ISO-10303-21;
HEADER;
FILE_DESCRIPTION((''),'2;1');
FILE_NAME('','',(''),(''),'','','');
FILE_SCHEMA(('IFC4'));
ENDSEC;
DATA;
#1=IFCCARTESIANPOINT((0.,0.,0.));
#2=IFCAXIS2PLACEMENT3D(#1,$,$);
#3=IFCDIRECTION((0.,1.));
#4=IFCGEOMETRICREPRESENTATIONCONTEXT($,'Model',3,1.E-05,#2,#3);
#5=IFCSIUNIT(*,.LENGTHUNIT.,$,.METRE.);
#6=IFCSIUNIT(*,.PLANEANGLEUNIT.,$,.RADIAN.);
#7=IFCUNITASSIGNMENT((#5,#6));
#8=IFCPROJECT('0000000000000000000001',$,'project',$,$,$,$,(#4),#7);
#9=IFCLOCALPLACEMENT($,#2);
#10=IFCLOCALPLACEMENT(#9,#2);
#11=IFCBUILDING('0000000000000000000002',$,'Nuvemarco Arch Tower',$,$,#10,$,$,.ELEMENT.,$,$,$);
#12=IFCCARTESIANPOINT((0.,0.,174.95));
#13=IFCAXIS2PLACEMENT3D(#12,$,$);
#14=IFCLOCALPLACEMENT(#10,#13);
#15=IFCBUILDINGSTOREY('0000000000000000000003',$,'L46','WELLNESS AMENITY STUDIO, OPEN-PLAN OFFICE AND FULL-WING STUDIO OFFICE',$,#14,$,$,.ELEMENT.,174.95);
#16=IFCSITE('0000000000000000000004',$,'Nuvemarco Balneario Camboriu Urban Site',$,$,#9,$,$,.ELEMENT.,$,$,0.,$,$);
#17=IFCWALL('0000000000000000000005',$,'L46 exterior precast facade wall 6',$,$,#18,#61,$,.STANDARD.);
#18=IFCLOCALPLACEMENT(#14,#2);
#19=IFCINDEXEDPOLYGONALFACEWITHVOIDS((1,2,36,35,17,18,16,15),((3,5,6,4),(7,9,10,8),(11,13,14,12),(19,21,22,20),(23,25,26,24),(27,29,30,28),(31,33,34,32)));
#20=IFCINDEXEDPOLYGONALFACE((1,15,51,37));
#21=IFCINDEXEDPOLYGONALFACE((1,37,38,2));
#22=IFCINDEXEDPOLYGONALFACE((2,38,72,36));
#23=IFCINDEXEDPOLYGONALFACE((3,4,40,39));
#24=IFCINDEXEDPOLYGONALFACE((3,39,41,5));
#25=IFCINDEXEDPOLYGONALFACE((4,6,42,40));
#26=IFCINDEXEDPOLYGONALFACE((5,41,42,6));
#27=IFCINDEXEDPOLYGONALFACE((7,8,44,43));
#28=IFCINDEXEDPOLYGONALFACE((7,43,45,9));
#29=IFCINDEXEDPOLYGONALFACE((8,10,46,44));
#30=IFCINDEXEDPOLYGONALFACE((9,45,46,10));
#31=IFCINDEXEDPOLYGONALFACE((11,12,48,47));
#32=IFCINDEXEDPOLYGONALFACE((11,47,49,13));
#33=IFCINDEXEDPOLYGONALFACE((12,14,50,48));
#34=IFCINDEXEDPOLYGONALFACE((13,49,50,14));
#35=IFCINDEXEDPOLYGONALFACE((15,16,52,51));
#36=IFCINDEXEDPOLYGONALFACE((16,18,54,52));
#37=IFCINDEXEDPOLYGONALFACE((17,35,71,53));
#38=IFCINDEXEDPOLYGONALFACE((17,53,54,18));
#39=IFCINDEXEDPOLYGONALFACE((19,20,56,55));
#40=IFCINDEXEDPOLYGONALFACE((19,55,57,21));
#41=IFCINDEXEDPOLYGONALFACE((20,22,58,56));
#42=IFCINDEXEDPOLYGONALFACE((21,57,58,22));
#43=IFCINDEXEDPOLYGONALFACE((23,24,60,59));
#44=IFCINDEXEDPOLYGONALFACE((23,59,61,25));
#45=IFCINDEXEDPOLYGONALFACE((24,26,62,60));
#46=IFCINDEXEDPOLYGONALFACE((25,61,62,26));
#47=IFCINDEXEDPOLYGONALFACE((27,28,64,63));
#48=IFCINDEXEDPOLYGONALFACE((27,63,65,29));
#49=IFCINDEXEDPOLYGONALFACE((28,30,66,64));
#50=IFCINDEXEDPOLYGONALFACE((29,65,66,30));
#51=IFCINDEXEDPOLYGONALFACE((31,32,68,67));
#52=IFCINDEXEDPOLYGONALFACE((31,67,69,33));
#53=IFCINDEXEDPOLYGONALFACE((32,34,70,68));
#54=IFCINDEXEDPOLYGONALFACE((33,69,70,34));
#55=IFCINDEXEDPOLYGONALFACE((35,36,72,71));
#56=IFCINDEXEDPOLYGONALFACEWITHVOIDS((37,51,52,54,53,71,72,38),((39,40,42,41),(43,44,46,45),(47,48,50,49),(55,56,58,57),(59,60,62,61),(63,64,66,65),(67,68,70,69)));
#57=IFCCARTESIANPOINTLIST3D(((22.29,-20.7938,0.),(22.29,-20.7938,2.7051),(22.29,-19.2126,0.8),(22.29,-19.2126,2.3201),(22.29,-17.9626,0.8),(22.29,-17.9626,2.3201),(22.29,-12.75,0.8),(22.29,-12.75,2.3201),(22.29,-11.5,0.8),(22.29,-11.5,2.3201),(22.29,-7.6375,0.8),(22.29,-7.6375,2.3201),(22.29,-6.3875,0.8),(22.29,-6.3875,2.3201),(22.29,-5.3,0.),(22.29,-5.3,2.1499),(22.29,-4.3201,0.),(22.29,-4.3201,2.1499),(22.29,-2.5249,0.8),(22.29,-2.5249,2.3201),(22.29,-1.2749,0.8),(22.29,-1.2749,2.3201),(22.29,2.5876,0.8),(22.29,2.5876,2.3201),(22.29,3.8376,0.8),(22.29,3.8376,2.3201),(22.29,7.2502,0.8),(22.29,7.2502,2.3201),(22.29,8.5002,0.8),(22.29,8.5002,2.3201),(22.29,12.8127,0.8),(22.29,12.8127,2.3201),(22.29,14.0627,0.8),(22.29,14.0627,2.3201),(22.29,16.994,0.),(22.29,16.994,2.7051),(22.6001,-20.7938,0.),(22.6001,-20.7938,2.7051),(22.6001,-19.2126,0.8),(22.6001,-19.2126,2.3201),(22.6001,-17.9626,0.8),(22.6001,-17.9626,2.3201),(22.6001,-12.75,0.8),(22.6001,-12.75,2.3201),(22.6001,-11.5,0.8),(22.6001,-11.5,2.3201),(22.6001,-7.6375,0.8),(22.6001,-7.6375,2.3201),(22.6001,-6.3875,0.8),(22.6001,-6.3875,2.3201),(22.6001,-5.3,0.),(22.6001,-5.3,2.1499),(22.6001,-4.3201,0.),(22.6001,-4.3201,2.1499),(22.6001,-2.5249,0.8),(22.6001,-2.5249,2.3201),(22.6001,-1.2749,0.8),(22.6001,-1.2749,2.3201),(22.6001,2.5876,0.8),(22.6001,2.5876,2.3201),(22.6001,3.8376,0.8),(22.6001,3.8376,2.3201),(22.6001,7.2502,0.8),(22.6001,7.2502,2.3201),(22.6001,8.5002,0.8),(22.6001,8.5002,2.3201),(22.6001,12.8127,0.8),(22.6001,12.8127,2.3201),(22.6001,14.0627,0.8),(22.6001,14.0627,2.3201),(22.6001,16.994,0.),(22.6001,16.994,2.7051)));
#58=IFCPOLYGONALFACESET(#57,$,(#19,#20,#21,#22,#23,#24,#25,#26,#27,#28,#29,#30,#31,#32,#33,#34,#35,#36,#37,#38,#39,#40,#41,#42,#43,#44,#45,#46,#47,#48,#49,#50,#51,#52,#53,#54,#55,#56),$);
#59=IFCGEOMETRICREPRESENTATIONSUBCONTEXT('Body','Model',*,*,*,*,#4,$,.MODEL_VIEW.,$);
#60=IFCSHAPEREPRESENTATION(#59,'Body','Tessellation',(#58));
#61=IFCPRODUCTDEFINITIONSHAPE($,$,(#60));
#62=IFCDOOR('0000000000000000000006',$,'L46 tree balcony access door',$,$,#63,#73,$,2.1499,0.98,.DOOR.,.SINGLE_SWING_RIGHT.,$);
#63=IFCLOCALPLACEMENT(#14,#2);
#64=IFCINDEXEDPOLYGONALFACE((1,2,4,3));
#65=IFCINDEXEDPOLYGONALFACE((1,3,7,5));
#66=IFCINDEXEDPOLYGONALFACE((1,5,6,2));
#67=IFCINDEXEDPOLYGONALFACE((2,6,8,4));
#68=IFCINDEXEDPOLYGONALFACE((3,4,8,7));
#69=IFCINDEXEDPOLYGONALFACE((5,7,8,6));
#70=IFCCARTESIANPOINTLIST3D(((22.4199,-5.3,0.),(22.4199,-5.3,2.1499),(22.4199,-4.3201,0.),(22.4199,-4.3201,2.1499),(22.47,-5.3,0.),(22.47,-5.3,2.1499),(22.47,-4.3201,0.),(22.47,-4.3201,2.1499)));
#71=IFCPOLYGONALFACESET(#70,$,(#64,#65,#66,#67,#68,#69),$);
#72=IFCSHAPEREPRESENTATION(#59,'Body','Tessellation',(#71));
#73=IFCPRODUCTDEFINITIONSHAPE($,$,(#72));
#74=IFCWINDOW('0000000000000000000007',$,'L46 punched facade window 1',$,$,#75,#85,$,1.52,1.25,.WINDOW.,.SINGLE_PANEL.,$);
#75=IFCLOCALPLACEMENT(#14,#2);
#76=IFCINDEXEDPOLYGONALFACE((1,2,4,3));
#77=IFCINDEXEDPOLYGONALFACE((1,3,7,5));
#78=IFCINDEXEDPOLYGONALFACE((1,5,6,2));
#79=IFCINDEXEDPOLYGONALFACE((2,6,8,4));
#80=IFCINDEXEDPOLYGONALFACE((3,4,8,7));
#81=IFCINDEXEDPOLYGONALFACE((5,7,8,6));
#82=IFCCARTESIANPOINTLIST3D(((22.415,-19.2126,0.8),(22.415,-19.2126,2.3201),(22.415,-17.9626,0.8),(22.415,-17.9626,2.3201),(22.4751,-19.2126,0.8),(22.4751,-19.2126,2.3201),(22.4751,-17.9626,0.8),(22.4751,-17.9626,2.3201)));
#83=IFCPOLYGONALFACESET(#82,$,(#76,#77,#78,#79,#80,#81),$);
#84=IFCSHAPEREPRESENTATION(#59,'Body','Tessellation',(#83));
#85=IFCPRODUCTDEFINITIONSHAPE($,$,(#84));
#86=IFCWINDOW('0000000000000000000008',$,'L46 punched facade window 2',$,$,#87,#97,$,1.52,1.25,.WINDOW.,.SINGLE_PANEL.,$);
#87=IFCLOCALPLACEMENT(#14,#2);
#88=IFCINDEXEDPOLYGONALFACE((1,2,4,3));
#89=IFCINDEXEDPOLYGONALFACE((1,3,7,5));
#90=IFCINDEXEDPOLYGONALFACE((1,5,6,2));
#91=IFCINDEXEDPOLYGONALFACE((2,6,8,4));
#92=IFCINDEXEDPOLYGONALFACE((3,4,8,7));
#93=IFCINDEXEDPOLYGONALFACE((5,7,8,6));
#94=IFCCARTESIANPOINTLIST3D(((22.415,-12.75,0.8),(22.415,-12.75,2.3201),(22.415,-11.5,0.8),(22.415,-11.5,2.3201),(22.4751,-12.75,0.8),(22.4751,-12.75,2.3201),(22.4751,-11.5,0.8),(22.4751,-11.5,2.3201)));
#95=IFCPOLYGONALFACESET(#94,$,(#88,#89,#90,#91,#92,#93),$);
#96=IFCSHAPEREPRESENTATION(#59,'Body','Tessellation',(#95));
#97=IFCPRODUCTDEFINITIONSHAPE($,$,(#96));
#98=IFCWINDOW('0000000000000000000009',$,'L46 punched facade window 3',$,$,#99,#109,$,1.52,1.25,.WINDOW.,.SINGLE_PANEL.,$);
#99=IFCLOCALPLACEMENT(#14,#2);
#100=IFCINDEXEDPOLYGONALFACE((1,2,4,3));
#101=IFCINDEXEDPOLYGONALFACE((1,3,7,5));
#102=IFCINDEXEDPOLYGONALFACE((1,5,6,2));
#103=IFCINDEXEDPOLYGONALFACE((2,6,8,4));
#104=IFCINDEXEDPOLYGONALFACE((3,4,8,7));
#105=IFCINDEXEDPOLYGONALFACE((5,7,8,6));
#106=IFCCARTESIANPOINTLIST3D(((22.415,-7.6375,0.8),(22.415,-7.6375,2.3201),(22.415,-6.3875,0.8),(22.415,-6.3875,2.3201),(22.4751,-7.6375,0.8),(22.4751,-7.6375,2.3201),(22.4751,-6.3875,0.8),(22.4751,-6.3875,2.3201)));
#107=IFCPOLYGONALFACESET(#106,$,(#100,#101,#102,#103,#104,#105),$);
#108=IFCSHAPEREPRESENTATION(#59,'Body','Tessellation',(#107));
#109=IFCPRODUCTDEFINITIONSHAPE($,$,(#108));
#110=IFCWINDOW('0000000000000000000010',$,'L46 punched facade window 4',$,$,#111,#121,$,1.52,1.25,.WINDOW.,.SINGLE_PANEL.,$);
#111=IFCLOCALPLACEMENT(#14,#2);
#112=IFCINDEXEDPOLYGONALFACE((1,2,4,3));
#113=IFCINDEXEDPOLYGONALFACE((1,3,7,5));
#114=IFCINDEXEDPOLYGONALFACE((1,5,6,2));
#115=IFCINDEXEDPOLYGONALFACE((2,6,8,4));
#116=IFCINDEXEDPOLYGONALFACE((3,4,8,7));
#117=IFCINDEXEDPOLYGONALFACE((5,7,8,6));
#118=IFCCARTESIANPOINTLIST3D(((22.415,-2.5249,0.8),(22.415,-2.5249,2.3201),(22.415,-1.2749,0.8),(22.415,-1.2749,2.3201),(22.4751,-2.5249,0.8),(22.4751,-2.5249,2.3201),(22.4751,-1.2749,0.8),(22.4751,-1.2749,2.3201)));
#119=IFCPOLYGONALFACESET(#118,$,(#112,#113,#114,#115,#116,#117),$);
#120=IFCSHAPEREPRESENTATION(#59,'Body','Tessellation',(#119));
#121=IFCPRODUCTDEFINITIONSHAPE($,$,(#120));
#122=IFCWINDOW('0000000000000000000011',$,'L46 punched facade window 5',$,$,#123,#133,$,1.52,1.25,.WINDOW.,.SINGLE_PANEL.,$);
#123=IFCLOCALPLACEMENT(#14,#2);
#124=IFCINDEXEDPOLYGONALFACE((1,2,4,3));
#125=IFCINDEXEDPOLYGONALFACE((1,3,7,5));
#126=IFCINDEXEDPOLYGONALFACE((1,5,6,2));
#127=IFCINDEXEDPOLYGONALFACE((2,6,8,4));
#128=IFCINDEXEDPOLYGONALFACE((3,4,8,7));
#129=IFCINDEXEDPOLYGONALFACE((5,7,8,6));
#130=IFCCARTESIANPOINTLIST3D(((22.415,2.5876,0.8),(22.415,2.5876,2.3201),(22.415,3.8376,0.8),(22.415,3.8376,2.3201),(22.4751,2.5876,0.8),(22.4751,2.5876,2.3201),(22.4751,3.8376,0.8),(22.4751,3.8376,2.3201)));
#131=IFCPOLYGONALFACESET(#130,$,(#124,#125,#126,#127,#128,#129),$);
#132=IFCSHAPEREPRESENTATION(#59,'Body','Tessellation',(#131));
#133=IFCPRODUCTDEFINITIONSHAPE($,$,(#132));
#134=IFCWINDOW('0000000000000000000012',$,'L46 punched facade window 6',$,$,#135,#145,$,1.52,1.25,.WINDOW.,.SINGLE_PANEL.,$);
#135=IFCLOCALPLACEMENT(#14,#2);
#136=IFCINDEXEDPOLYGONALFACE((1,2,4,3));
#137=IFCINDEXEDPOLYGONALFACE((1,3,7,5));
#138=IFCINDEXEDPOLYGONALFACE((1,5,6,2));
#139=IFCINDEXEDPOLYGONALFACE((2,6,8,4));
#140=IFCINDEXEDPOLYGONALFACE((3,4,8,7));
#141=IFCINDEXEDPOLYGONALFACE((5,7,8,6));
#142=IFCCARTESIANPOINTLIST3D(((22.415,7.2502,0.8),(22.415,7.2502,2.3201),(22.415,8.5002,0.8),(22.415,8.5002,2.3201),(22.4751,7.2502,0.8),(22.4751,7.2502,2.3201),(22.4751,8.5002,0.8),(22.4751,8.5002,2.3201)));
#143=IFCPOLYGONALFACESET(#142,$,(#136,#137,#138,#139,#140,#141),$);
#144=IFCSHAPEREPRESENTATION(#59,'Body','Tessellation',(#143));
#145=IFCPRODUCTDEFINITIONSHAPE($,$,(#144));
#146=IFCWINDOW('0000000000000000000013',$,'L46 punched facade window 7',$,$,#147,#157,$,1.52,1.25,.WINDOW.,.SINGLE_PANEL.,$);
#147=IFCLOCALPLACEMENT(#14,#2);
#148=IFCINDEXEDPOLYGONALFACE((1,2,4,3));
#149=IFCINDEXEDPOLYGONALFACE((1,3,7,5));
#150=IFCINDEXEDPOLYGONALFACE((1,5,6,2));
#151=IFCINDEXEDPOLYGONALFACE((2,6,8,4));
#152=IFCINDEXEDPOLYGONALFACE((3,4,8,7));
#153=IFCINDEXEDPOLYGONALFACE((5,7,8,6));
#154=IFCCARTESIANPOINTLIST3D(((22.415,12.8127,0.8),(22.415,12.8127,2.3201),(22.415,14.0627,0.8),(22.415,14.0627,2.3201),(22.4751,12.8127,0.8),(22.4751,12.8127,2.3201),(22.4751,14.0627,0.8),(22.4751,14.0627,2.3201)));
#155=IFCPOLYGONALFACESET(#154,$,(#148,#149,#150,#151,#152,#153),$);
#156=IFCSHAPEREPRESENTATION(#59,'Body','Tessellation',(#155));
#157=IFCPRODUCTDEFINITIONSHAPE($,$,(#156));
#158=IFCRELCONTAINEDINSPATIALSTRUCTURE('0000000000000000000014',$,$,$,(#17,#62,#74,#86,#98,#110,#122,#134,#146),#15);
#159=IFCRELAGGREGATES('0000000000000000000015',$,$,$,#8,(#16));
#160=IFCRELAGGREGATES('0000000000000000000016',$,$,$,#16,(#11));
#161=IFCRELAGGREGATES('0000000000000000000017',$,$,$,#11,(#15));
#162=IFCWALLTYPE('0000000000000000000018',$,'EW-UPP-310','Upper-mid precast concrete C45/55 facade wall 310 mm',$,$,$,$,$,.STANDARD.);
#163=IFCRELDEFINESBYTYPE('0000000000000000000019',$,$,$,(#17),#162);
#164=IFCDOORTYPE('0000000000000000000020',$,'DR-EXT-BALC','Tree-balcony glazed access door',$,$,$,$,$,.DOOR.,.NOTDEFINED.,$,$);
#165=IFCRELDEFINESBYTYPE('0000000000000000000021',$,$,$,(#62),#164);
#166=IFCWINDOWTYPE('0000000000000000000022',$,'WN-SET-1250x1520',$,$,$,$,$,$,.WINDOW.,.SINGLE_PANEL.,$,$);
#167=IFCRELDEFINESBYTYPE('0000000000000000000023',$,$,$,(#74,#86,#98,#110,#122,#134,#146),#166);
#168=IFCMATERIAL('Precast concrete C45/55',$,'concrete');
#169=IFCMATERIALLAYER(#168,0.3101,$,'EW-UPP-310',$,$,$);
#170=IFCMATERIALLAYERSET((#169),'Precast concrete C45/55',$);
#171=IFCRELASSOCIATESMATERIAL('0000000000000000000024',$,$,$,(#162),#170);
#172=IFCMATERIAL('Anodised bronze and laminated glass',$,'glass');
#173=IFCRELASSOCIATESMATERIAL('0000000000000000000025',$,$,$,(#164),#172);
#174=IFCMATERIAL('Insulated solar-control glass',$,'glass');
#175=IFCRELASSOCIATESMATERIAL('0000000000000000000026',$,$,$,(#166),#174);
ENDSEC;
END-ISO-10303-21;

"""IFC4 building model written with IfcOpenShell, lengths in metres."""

from ifc_helpers import new_model, si_unit, direction, frame, frame_2d, origin, place, context, subcontext, project, spatial, rectangle, extrude, source, transform, mapped, material, layer, layer_set, type_object, type_shapes, element, fill, save


model = new_model("IFC4")

# Units and contexts
model_context = context("Model", 3, precision=1e-05, world=origin(), true_north=direction((0.0, 1.0)))
body_context = subcontext(model_context, "Body", "Model", "MODEL_VIEW")
ifc_project = project(units=[si_unit("LENGTHUNIT", "METRE"), si_unit("PLANEANGLEUNIT", "RADIAN")], contexts=[model_context])

# Site, building, storey
site_placement = place(None, origin())
site = spatial("IfcSite", under=ifc_project, at=site_placement, Name="Nuvemarco Balneario Camboriu Urban Site", CompositionType="ELEMENT", RefElevation=0.0)
building_placement = place(site_placement, origin())
building = spatial("IfcBuilding", under=site, at=building_placement, Name="Nuvemarco Arch Tower", CompositionType="ELEMENT")
storey_placement = place(building_placement, frame((0.0, 0.0, 174.95)))
storey = spatial("IfcBuildingStorey", under=building, at=storey_placement, Name="L46", Description="WELLNESS AMENITY STUDIO, OPEN-PLAN OFFICE AND FULL-WING STUDIO OFFICE", CompositionType="ELEMENT", Elevation=174.95)

# Shared definitions
ifc_material_1 = material(Name="Precast concrete C45/55", Category="concrete")

# Shared definitions
ifc_layer_1 = layer(ifc_material_1, 0.3101, Name="EW-UPP-310")
ifc_layer_set_1 = layer_set([ifc_layer_1], Name="Precast concrete C45/55")
wall_type_1 = type_object("IfcWallType", Name="EW-UPP-310", Description="Upper-mid precast concrete C45/55 facade wall 310 mm", PredefinedType="STANDARD", material=ifc_layer_set_1)

# Wall, openings, door, windows
wall_1_placement = place(storey_placement, frame((22.4451, -20.7939, 0.0), z_axis=(0.0, 0.0, 1.0), x_axis=(0.0, 1.0, 0.0)))
wall_1 = element("IfcWall", 1, at=wall_1_placement, inside=storey, type_object=wall_type_1, Name="L46 exterior precast facade wall 6", PredefinedType="STANDARD", context=body_context, shape_type="SweptSolid", body=[
    extrude(rectangle(XDim=37.7878, YDim=0.3101, at=frame_2d((18.894, 0.0))), origin(), (0.0, 0.0, 1.0), 2.7051),
])
opening_1_placement = place(wall_1_placement, frame((16.4739, 0.0, 0.0), z_axis=(0.0, 0.0, 1.0), x_axis=(-1.0, 0.0, 0.0)))
opening_1 = element("IfcOpeningElement", 2, at=opening_1_placement, cuts=wall_1, PredefinedType="OPENING", context=body_context, shape_type="SweptSolid", body=[
    extrude(rectangle(XDim=0.98, YDim=2.1499, at=frame_2d((0.49, 1.075))), frame((0.0, 0.165, 0.0), z_axis=(0.0, -1.0, 0.0), x_axis=(1.0, 0.0, 0.0)), (0.0, 0.0, 1.0), 0.3301),
])
opening_2_placement = place(wall_1_placement, frame((1.5813, 0.0, 0.8)))
opening_2 = element("IfcOpeningElement", 3, at=opening_2_placement, cuts=wall_1, PredefinedType="OPENING", context=body_context, shape_type="SweptSolid", body=[
    extrude(rectangle(XDim=1.25, YDim=1.52, at=frame_2d((0.625, 0.76))), frame((0.0, 0.165, 0.0), z_axis=(0.0, -1.0, 0.0), x_axis=(1.0, 0.0, 0.0)), (0.0, 0.0, 1.0), 0.3301),
])
opening_3_placement = place(wall_1_placement, frame((8.0439, 0.0, 0.8)))
opening_3 = element("IfcOpeningElement", 4, at=opening_3_placement, cuts=wall_1, PredefinedType="OPENING", context=body_context, shape_type="SweptSolid", body=[
    extrude(rectangle(XDim=1.25, YDim=1.52, at=frame_2d((0.625, 0.76))), frame((0.0, 0.165, 0.0), z_axis=(0.0, -1.0, 0.0), x_axis=(1.0, 0.0, 0.0)), (0.0, 0.0, 1.0), 0.3301),
])
opening_4_placement = place(wall_1_placement, frame((13.1565, 0.0, 0.8)))
opening_4 = element("IfcOpeningElement", 5, at=opening_4_placement, cuts=wall_1, PredefinedType="OPENING", context=body_context, shape_type="SweptSolid", body=[
    extrude(rectangle(XDim=1.25, YDim=1.52, at=frame_2d((0.625, 0.76))), frame((0.0, 0.165, 0.0), z_axis=(0.0, -1.0, 0.0), x_axis=(1.0, 0.0, 0.0)), (0.0, 0.0, 1.0), 0.3301),
])
opening_5_placement = place(wall_1_placement, frame((18.269, 0.0, 0.8)))
opening_5 = element("IfcOpeningElement", 6, at=opening_5_placement, cuts=wall_1, PredefinedType="OPENING", context=body_context, shape_type="SweptSolid", body=[
    extrude(rectangle(XDim=1.25, YDim=1.52, at=frame_2d((0.625, 0.76))), frame((0.0, 0.165, 0.0), z_axis=(0.0, -1.0, 0.0), x_axis=(1.0, 0.0, 0.0)), (0.0, 0.0, 1.0), 0.3301),
])
opening_6_placement = place(wall_1_placement, frame((23.3816, 0.0, 0.8)))
opening_6 = element("IfcOpeningElement", 7, at=opening_6_placement, cuts=wall_1, PredefinedType="OPENING", context=body_context, shape_type="SweptSolid", body=[
    extrude(rectangle(XDim=1.25, YDim=1.52, at=frame_2d((0.625, 0.76))), frame((0.0, 0.165, 0.0), z_axis=(0.0, -1.0, 0.0), x_axis=(1.0, 0.0, 0.0)), (0.0, 0.0, 1.0), 0.3301),
])
opening_7_placement = place(wall_1_placement, frame((28.0442, 0.0, 0.8)))
opening_7 = element("IfcOpeningElement", 8, at=opening_7_placement, cuts=wall_1, PredefinedType="OPENING", context=body_context, shape_type="SweptSolid", body=[
    extrude(rectangle(XDim=1.25, YDim=1.52, at=frame_2d((0.625, 0.76))), frame((0.0, 0.165, 0.0), z_axis=(0.0, -1.0, 0.0), x_axis=(1.0, 0.0, 0.0)), (0.0, 0.0, 1.0), 0.3301),
])
opening_8_placement = place(wall_1_placement, frame((33.6067, 0.0, 0.8)))
opening_8 = element("IfcOpeningElement", 9, at=opening_8_placement, cuts=wall_1, PredefinedType="OPENING", context=body_context, shape_type="SweptSolid", body=[
    extrude(rectangle(XDim=1.25, YDim=1.52, at=frame_2d((0.625, 0.76))), frame((0.0, 0.165, 0.0), z_axis=(0.0, -1.0, 0.0), x_axis=(1.0, 0.0, 0.0)), (0.0, 0.0, 1.0), 0.3301),
])
ifc_material_2 = material(Name="Anodised bronze and laminated glass", Category="glass")
door_type = type_object("IfcDoorType", Name="DR-EXT-BALC", Description="Tree-balcony glazed access door", OperationType="NOTDEFINED", PredefinedType="DOOR", material=ifc_material_2)
shared_shape_1 = source(origin(), body_context, "Body", "SweptSolid", [
    extrude(rectangle(XDim=0.98, YDim=2.1499, at=frame_2d((0.49, 1.075))), frame((0.0, 0.0249, 0.0), z_axis=(0.0, -1.0, 0.0), x_axis=(1.0, 0.0, 0.0)), (0.0, 0.0, 1.0), 0.05),
])
type_shapes(door_type, [shared_shape_1])
door_placement = place(opening_1_placement, origin())
door = element("IfcDoor", 10, at=door_placement, inside=storey, type_object=door_type, Name="L46 tree balcony access door", OperationType="SINGLE_SWING_RIGHT", OverallHeight=2.1499, OverallWidth=0.98, PredefinedType="DOOR", context=body_context, shape_type="MappedRepresentation", body=[
    mapped(shared_shape_1, transform((0.0, 0.0, 0.0), scale=1.0)),
])
fill(opening_1, door)
ifc_material_3 = material(Name="Insulated solar-control glass", Category="glass")
window_type = type_object("IfcWindowType", Name="WN-SET-1250x1520", PartitioningType="SINGLE_PANEL", PredefinedType="WINDOW", material=ifc_material_3)
shared_shape_2 = source(origin(), body_context, "Body", "SweptSolid", [
    extrude(rectangle(XDim=1.25, YDim=1.52, at=frame_2d((0.625, 0.76))), frame((0.0, 0.03, 0.0), z_axis=(0.0, -1.0, 0.0), x_axis=(1.0, 0.0, 0.0)), (0.0, 0.0, 1.0), 0.0601),
])
type_shapes(window_type, [shared_shape_2])
window_1_placement = place(opening_2_placement, origin())
window_1 = element("IfcWindow", 11, at=window_1_placement, inside=storey, type_object=window_type, Name="L46 punched facade window 1", OverallHeight=1.52, OverallWidth=1.25, PartitioningType="SINGLE_PANEL", PredefinedType="WINDOW", context=body_context, shape_type="MappedRepresentation", body=[
    mapped(shared_shape_2, transform((0.0, 0.0, 0.0), scale=1.0)),
])
fill(opening_2, window_1)
window_2_placement = place(opening_3_placement, origin())
window_2 = element("IfcWindow", 12, at=window_2_placement, inside=storey, type_object=window_type, Name="L46 punched facade window 2", OverallHeight=1.52, OverallWidth=1.25, PartitioningType="SINGLE_PANEL", PredefinedType="WINDOW", context=body_context, shape_type="MappedRepresentation", body=[
    mapped(shared_shape_2, transform((0.0, 0.0, 0.0), scale=1.0)),
])
fill(opening_3, window_2)
window_3_placement = place(opening_4_placement, origin())
window_3 = element("IfcWindow", 13, at=window_3_placement, inside=storey, type_object=window_type, Name="L46 punched facade window 3", OverallHeight=1.52, OverallWidth=1.25, PartitioningType="SINGLE_PANEL", PredefinedType="WINDOW", context=body_context, shape_type="MappedRepresentation", body=[
    mapped(shared_shape_2, transform((0.0, 0.0, 0.0), scale=1.0)),
])
fill(opening_4, window_3)
window_4_placement = place(opening_5_placement, origin())
window_4 = element("IfcWindow", 14, at=window_4_placement, inside=storey, type_object=window_type, Name="L46 punched facade window 4", OverallHeight=1.52, OverallWidth=1.25, PartitioningType="SINGLE_PANEL", PredefinedType="WINDOW", context=body_context, shape_type="MappedRepresentation", body=[
    mapped(shared_shape_2, transform((0.0, 0.0, 0.0), scale=1.0)),
])
fill(opening_5, window_4)
window_5_placement = place(opening_6_placement, origin())
window_5 = element("IfcWindow", 15, at=window_5_placement, inside=storey, type_object=window_type, Name="L46 punched facade window 5", OverallHeight=1.52, OverallWidth=1.25, PartitioningType="SINGLE_PANEL", PredefinedType="WINDOW", context=body_context, shape_type="MappedRepresentation", body=[
    mapped(shared_shape_2, transform((0.0, 0.0, 0.0), scale=1.0)),
])
fill(opening_6, window_5)
window_6_placement = place(opening_7_placement, origin())
window_6 = element("IfcWindow", 16, at=window_6_placement, inside=storey, type_object=window_type, Name="L46 punched facade window 6", OverallHeight=1.52, OverallWidth=1.25, PartitioningType="SINGLE_PANEL", PredefinedType="WINDOW", context=body_context, shape_type="MappedRepresentation", body=[
    mapped(shared_shape_2, transform((0.0, 0.0, 0.0), scale=1.0)),
])
fill(opening_7, window_6)
window_7_placement = place(opening_8_placement, origin())
window_7 = element("IfcWindow", 17, at=window_7_placement, inside=storey, type_object=window_type, Name="L46 punched facade window 7", OverallHeight=1.52, OverallWidth=1.25, PartitioningType="SINGLE_PANEL", PredefinedType="WINDOW", context=body_context, shape_type="MappedRepresentation", body=[
    mapped(shared_shape_2, transform((0.0, 0.0, 0.0), scale=1.0)),
])
fill(opening_8, window_7)

save(model, "model.ifc")
